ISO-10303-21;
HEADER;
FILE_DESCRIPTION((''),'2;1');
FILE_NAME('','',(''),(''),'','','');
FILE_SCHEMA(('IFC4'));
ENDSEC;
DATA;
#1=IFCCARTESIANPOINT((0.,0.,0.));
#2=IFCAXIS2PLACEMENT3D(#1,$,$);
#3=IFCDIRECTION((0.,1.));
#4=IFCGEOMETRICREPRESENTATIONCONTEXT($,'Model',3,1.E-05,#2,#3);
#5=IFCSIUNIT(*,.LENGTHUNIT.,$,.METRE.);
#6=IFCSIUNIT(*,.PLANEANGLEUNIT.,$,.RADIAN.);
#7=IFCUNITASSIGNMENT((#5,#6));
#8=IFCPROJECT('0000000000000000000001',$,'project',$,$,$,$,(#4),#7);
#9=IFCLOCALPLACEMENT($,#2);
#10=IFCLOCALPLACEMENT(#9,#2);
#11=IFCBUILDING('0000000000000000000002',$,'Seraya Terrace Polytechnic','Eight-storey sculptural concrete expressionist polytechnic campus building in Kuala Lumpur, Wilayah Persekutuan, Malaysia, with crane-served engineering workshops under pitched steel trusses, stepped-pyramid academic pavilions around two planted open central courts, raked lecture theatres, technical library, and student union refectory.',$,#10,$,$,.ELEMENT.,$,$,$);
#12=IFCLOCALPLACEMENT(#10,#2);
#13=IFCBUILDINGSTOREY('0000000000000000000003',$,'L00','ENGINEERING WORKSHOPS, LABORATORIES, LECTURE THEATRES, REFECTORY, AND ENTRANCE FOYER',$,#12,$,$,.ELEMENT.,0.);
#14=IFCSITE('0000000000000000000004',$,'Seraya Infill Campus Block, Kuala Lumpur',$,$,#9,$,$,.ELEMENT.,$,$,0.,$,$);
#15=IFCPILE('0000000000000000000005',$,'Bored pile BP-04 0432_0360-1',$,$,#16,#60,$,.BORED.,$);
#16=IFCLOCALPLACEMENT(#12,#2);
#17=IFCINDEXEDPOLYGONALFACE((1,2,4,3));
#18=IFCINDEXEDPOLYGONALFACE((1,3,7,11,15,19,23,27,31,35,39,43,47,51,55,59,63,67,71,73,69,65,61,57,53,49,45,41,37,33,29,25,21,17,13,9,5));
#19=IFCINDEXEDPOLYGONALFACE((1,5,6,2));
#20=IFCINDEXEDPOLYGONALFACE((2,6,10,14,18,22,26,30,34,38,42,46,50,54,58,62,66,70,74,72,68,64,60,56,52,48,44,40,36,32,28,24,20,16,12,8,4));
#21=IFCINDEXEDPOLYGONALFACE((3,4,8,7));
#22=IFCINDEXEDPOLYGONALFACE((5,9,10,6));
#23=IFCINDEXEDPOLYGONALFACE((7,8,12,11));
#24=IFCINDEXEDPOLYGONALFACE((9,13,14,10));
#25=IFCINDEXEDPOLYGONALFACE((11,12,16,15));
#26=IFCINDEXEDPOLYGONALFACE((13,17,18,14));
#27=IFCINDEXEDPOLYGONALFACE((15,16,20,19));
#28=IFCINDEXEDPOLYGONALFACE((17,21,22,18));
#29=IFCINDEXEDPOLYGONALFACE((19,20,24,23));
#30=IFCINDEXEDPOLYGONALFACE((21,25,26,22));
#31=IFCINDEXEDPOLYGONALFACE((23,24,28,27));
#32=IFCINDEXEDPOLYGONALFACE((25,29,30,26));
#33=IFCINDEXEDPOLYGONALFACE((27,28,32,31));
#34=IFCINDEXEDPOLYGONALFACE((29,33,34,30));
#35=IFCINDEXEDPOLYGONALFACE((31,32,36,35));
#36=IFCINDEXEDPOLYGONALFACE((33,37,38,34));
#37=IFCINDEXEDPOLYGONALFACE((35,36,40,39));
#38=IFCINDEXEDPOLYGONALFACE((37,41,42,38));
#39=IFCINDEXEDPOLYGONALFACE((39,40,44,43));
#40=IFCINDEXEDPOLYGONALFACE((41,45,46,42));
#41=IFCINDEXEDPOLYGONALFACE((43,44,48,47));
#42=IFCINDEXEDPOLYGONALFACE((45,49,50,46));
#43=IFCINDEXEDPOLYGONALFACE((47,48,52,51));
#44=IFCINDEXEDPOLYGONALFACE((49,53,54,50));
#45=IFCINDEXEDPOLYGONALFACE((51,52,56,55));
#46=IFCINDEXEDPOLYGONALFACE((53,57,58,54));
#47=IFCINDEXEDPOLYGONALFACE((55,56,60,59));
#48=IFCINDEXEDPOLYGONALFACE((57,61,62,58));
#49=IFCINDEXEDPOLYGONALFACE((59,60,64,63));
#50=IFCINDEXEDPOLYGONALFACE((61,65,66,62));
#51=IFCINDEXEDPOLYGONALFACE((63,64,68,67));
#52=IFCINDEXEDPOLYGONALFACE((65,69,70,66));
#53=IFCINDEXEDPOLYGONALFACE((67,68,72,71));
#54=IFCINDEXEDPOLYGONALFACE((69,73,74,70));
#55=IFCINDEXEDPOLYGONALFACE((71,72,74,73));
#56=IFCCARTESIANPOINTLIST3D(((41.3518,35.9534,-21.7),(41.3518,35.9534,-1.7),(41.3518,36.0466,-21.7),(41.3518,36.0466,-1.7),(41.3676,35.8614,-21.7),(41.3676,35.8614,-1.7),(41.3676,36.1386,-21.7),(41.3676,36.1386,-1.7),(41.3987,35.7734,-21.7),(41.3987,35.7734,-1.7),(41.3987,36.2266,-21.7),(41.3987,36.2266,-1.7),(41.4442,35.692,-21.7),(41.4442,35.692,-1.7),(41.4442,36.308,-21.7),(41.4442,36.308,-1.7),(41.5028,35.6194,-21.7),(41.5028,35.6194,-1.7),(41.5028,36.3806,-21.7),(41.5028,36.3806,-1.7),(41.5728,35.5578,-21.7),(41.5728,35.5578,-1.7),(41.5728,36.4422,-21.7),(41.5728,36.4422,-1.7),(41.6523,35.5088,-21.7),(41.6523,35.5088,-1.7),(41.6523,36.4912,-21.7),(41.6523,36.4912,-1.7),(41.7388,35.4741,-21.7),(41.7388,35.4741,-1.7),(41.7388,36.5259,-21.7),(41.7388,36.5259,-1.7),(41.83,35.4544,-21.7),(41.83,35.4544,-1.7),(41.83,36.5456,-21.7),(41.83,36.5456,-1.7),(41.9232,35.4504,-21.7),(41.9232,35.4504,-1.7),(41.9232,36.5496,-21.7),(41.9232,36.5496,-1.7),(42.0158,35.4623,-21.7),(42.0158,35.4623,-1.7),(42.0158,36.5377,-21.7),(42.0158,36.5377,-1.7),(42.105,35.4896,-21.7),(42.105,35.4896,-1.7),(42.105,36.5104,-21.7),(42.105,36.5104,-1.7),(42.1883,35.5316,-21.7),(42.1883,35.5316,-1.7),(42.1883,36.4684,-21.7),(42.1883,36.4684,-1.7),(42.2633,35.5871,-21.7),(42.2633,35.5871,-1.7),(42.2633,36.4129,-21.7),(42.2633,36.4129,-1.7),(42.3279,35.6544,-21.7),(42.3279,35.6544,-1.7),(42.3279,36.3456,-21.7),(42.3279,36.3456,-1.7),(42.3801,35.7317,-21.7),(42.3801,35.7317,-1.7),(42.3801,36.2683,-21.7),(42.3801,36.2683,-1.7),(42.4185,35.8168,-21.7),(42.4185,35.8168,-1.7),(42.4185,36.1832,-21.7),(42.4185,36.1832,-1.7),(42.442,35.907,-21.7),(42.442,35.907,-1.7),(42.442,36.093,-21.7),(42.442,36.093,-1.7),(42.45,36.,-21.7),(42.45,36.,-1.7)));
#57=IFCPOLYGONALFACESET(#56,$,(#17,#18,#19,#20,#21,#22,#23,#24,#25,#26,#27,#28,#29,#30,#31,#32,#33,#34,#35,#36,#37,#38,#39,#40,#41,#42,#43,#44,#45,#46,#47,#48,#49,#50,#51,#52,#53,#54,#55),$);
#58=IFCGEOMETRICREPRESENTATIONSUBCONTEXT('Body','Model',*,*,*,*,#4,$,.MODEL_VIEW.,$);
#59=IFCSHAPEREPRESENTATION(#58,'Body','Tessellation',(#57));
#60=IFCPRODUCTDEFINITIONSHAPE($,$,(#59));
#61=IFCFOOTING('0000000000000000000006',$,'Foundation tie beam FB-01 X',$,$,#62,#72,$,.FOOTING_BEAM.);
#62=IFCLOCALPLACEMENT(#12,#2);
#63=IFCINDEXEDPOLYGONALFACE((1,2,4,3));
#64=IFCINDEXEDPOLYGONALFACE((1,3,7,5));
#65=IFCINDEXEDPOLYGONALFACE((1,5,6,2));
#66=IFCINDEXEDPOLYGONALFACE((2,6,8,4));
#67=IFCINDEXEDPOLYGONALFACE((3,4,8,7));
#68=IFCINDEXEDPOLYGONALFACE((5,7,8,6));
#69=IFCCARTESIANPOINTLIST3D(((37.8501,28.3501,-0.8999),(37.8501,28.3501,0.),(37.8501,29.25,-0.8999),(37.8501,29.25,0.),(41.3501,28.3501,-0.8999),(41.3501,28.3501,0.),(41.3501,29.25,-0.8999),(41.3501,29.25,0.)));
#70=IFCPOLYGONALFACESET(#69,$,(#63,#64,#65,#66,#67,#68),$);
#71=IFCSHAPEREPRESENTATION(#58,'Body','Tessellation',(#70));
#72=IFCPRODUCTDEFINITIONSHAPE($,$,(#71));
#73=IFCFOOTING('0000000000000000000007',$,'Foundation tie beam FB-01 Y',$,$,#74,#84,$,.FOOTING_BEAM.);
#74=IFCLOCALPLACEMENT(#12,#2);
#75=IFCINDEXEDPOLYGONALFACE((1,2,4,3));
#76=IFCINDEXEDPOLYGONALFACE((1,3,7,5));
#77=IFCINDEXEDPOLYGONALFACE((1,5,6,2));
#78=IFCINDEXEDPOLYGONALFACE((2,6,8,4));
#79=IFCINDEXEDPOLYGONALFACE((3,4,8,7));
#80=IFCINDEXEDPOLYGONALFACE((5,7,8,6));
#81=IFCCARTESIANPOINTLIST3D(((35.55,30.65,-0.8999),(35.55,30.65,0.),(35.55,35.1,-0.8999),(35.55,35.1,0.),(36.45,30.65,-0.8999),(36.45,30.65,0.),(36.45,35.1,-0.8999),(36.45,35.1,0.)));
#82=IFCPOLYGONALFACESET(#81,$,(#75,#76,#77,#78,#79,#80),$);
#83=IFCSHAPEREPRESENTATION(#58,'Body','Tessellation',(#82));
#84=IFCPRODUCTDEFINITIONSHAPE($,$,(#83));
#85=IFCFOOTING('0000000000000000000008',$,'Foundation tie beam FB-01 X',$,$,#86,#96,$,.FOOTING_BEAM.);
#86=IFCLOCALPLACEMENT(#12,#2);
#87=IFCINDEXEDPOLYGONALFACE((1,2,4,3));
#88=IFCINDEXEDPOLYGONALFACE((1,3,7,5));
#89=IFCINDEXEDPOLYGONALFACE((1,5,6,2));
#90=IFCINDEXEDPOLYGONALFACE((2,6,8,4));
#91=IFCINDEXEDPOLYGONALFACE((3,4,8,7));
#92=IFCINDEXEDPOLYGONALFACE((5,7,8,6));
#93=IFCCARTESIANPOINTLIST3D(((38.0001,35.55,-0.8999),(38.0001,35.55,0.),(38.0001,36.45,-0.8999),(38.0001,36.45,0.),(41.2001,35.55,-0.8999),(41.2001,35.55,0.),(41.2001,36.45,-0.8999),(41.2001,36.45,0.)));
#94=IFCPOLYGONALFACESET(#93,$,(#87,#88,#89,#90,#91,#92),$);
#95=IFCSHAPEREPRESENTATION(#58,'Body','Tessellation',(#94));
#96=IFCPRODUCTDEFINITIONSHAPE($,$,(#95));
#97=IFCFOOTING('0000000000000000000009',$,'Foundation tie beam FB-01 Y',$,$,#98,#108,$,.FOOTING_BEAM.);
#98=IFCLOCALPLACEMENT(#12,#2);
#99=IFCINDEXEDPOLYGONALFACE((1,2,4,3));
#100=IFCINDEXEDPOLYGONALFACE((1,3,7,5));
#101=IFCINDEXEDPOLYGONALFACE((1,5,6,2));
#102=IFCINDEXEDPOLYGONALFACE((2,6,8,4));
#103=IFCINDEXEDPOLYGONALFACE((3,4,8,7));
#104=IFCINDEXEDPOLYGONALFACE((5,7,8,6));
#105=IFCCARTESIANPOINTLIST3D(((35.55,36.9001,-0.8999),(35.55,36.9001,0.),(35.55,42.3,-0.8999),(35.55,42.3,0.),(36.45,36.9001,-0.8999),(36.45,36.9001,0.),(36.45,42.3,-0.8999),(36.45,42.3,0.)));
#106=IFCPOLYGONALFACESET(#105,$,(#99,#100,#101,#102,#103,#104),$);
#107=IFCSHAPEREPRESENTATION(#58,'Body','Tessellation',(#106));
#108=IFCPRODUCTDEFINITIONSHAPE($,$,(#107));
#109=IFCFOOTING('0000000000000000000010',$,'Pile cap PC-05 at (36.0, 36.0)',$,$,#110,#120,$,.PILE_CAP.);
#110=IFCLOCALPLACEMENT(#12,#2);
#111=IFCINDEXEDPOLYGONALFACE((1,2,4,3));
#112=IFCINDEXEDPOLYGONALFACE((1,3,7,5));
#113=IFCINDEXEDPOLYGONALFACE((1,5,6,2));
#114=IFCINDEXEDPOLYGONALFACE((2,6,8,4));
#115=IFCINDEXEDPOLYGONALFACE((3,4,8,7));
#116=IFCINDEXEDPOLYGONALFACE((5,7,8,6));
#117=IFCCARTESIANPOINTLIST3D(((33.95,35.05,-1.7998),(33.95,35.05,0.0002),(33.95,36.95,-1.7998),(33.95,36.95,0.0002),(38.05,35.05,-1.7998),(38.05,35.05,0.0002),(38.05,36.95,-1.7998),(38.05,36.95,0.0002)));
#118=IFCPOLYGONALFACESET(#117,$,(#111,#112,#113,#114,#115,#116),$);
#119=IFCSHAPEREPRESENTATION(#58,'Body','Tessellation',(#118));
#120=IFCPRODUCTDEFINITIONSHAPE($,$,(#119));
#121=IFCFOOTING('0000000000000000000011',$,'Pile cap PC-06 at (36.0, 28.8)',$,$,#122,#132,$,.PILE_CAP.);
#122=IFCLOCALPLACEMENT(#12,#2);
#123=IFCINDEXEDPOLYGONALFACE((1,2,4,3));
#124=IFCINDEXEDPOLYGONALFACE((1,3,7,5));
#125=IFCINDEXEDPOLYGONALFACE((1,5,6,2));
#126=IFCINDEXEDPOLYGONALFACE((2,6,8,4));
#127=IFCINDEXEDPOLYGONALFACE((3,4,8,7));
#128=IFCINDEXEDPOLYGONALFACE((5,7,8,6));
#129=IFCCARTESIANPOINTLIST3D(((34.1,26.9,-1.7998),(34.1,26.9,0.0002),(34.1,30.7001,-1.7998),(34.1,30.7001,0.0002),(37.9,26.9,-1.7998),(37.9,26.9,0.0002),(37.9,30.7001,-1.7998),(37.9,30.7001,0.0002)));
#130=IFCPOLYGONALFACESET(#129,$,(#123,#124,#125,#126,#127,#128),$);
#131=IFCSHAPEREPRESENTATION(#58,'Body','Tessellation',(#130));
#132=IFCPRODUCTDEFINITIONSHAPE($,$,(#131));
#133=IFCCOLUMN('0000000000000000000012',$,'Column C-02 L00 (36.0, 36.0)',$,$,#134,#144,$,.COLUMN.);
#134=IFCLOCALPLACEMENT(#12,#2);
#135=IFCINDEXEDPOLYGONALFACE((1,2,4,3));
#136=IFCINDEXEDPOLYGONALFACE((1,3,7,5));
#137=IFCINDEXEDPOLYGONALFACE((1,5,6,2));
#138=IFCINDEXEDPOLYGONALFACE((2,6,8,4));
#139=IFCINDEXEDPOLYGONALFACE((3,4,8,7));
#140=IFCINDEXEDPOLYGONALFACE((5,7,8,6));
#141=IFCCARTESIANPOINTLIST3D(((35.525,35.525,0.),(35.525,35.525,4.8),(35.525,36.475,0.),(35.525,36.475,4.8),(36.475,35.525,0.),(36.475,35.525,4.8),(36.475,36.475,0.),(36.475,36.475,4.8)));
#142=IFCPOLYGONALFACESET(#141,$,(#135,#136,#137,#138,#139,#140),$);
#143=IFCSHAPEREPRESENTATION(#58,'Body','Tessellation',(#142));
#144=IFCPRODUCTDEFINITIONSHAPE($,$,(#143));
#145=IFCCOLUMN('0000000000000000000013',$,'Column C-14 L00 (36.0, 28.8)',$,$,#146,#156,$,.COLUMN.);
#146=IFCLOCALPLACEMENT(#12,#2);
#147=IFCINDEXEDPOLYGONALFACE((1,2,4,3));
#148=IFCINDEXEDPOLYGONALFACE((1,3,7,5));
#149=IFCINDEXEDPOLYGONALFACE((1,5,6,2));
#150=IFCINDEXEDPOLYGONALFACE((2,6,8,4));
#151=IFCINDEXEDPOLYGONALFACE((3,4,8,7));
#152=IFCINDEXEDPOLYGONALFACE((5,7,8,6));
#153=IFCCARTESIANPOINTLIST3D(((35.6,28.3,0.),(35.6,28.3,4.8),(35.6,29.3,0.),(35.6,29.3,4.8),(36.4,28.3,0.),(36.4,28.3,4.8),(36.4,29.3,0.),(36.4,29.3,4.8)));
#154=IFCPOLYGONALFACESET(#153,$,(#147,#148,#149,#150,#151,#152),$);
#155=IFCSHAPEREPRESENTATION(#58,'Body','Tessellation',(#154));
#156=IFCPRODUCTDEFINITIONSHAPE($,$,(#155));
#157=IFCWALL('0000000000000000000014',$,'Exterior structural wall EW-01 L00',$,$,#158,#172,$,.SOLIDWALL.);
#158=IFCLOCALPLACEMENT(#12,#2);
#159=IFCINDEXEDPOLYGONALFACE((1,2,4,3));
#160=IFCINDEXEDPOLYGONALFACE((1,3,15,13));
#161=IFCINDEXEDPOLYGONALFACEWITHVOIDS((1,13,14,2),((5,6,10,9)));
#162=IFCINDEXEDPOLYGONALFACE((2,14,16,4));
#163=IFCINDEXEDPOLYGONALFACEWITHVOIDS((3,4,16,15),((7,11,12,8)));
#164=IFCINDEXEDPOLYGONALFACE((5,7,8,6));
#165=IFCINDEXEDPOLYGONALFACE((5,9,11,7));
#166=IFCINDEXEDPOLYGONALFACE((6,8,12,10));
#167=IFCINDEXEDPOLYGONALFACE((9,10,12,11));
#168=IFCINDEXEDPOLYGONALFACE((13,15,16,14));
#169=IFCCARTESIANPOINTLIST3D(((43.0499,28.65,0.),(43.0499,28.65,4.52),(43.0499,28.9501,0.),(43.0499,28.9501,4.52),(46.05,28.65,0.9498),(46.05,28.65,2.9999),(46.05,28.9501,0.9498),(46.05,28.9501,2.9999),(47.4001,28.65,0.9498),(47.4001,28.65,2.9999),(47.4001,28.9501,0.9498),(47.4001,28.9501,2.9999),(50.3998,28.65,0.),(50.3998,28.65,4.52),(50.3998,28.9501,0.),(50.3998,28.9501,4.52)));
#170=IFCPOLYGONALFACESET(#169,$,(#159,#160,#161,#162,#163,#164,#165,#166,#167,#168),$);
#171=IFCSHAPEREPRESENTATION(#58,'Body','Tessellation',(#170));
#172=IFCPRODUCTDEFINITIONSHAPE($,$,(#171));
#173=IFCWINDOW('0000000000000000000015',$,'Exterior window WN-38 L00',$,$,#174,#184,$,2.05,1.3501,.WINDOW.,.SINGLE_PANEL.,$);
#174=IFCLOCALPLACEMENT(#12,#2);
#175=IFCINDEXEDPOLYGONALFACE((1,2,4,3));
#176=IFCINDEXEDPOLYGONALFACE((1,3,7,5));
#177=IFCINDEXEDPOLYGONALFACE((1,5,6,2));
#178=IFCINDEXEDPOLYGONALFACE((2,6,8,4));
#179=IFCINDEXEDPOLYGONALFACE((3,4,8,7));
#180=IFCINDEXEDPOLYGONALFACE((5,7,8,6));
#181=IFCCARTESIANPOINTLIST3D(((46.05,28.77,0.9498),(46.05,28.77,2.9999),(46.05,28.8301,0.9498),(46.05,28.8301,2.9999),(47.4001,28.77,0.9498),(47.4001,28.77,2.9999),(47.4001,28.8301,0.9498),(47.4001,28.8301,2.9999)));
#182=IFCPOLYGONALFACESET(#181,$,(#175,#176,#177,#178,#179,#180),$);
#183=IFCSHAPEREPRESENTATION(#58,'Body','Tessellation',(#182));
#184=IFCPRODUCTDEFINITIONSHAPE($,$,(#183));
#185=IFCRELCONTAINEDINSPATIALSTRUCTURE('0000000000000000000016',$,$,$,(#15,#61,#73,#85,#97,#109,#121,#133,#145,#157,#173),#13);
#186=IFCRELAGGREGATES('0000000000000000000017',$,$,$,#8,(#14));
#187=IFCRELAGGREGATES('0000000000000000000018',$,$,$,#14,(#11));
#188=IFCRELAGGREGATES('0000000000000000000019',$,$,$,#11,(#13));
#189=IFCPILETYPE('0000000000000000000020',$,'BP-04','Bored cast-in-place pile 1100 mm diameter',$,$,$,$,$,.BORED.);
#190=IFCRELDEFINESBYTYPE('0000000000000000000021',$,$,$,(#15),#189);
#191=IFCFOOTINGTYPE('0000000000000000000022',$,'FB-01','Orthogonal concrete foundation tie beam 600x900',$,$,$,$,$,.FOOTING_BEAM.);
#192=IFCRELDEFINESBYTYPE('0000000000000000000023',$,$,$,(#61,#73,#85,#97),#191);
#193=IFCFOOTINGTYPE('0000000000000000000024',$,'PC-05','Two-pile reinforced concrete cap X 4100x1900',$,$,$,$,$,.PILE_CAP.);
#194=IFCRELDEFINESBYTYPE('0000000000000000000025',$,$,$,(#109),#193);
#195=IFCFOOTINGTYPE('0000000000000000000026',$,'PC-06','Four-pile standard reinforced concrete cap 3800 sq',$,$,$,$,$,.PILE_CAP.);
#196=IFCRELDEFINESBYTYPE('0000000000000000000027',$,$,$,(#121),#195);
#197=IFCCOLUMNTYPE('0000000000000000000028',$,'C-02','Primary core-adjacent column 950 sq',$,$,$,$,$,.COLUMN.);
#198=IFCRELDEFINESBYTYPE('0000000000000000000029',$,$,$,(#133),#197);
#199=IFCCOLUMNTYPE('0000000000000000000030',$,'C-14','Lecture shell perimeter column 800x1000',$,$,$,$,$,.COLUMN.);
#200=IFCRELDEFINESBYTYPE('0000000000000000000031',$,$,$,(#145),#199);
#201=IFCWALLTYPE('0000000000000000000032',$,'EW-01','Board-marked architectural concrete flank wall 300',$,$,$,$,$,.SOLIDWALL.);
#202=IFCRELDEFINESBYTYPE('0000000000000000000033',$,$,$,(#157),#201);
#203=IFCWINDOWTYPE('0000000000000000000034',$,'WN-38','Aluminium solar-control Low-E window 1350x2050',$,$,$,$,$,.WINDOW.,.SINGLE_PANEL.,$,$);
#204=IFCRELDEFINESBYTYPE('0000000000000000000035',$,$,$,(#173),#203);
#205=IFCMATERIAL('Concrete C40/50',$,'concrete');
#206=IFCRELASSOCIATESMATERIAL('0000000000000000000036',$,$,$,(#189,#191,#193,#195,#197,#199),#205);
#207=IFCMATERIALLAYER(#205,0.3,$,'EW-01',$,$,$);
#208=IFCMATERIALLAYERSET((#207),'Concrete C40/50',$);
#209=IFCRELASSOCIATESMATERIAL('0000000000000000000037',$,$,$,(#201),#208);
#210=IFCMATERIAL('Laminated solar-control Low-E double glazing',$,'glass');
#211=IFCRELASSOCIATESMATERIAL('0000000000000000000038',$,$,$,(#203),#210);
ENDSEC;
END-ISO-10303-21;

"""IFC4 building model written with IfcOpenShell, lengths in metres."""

from ifc_helpers import new_model, si_unit, direction, frame, frame_2d, origin, origin_2d, place, context, subcontext, project, spatial, rectangle, circle, extrude, material, layer, layer_set, material_profile, profile_set, type_object, element, fill, save


model = new_model("IFC4")

# Units and contexts
model_context = context("Model", 3, precision=1e-05, world=origin(), true_north=direction((0.0, 1.0)))
body_context = subcontext(model_context, "Body", "Model", "MODEL_VIEW")
ifc_project = project(units=[si_unit("LENGTHUNIT", "METRE"), si_unit("PLANEANGLEUNIT", "RADIAN")], contexts=[model_context])

# Site, building, storey
site_placement = place(None, origin())
site = spatial("IfcSite", under=ifc_project, at=site_placement, Name="Seraya Infill Campus Block, Kuala Lumpur", CompositionType="ELEMENT", RefElevation=0.0)
building_placement = place(site_placement, origin())
building = spatial("IfcBuilding", under=site, at=building_placement, Name="Seraya Terrace Polytechnic", Description="Eight-storey sculptural concrete expressionist polytechnic campus building in Kuala Lumpur, Wilayah Persekutuan, Malaysia, with crane-served engineering workshops under pitched steel trusses, stepped-pyramid academic pavilions around two planted open central courts, raked lecture theatres, technical library, and student union refectory.", CompositionType="ELEMENT")
storey_placement = place(building_placement, origin())
storey = spatial("IfcBuildingStorey", under=building, at=storey_placement, Name="L00", Description="ENGINEERING WORKSHOPS, LABORATORIES, LECTURE THEATRES, REFECTORY, AND ENTRANCE FOYER", CompositionType="ELEMENT", Elevation=0.0)

# Pile
ifc_material_1 = material(Name="Concrete C40/50", Category="concrete")
ifc_material_profile_1 = material_profile(ifc_material_1, circle(Radius=0.55, at=origin_2d()), Name="DIA 1100")
ifc_profile_set_1 = profile_set([ifc_material_profile_1], Name="Concrete C40/50")
pile_type_1 = type_object("IfcPileType", Name="BP-04", Description="Bored cast-in-place pile 1100 mm diameter", PredefinedType="BORED", material=ifc_profile_set_1)
for number, where, z_axis, x_axis, name in (
    (1, (41.8999, 36.0, -1.7), (0.0, 0.0, -1.0), (1.0, 0.0, 0.0), "Bored pile BP-04 0432_0360-1"),
):
    element("IfcPile", number, at=place(storey_placement, frame(where, z_axis=z_axis, x_axis=x_axis)), inside=storey, type_object=pile_type_1, Name=name, PredefinedType="BORED", context=body_context, shape_type="SweptSolid", body=[
        extrude(circle(Radius=0.55, at=origin_2d()), origin(), (0.0, 0.0, 1.0), 20.0),
    ])

# Footings
footing_type_1 = type_object("IfcFootingType", Name="FB-01", Description="Orthogonal concrete foundation tie beam 600x900", PredefinedType="FOOTING_BEAM", material=ifc_material_1)
footing_1_placement = place(storey_placement, frame((39.6001, 28.8, -0.8999), z_axis=(0.0, 0.0, 1.0), x_axis=(1.0, 0.0, 0.0)))
element("IfcFooting", 2, at=footing_1_placement, inside=storey, type_object=footing_type_1, Name="Foundation tie beam FB-01 X", PredefinedType="FOOTING_BEAM", context=body_context, shape_type="SweptSolid", body=[
    extrude(rectangle(XDim=3.5, YDim=0.8999, at=origin_2d()), origin(), (0.0, 0.0, 1.0), 0.8999),
])
footing_2_placement = place(storey_placement, frame((36.0, 32.875, -0.8999), z_axis=(0.0, 0.0, 1.0), x_axis=(0.0, 1.0, 0.0)))
element("IfcFooting", 3, at=footing_2_placement, inside=storey, type_object=footing_type_1, Name="Foundation tie beam FB-01 Y", PredefinedType="FOOTING_BEAM", context=body_context, shape_type="SweptSolid", body=[
    extrude(rectangle(XDim=4.45, YDim=0.8999, at=origin_2d()), origin(), (0.0, 0.0, 1.0), 0.8999),
])
footing_3_placement = place(storey_placement, frame((39.6001, 36.0, -0.8999), z_axis=(0.0, 0.0, 1.0), x_axis=(1.0, 0.0, 0.0)))
element("IfcFooting", 4, at=footing_3_placement, inside=storey, type_object=footing_type_1, Name="Foundation tie beam FB-01 X", PredefinedType="FOOTING_BEAM", context=body_context, shape_type="SweptSolid", body=[
    extrude(rectangle(XDim=3.2, YDim=0.8999, at=origin_2d()), origin(), (0.0, 0.0, 1.0), 0.8999),
])
footing_4_placement = place(storey_placement, frame((36.0, 39.6001, -0.8999), z_axis=(0.0, 0.0, 1.0), x_axis=(0.0, 1.0, 0.0)))
element("IfcFooting", 5, at=footing_4_placement, inside=storey, type_object=footing_type_1, Name="Foundation tie beam FB-01 Y", PredefinedType="FOOTING_BEAM", context=body_context, shape_type="SweptSolid", body=[
    extrude(rectangle(XDim=5.3999, YDim=0.8999, at=origin_2d()), origin(), (0.0, 0.0, 1.0), 0.8999),
])
footing_type_2 = type_object("IfcFootingType", Name="PC-05", Description="Two-pile reinforced concrete cap X 4100x1900", PredefinedType="PILE_CAP", material=ifc_material_1)
footing_5_placement = place(storey_placement, frame((36.0, 36.0, -1.7998), z_axis=(0.0, 0.0, 1.0), x_axis=(1.0, 0.0, 0.0)))
element("IfcFooting", 6, at=footing_5_placement, inside=storey, type_object=footing_type_2, Name="Pile cap PC-05 at (36.0, 36.0)", PredefinedType="PILE_CAP", context=body_context, shape_type="SweptSolid", body=[
    extrude(rectangle(XDim=4.1001, YDim=1.8999, at=origin_2d()), origin(), (0.0, 0.0, 1.0), 1.8),
])
footing_type_3 = type_object("IfcFootingType", Name="PC-06", Description="Four-pile standard reinforced concrete cap 3800 sq", PredefinedType="PILE_CAP", material=ifc_material_1)
footing_6_placement = place(storey_placement, frame((36.0, 28.8, -1.7998), z_axis=(0.0, 0.0, 1.0), x_axis=(1.0, 0.0, 0.0)))
element("IfcFooting", 7, at=footing_6_placement, inside=storey, type_object=footing_type_3, Name="Pile cap PC-06 at (36.0, 28.8)", PredefinedType="PILE_CAP", context=body_context, shape_type="SweptSolid", body=[
    extrude(rectangle(XDim=3.8, YDim=3.8, at=origin_2d()), origin(), (0.0, 0.0, 1.0), 1.8),
])

# Columns
ifc_material_profile_2 = material_profile(ifc_material_1, rectangle(XDim=0.95, YDim=0.95, at=origin_2d()), Name="RC 950x950")
ifc_profile_set_2 = profile_set([ifc_material_profile_2], Name="Concrete C40/50")
column_type_1 = type_object("IfcColumnType", Name="C-02", Description="Primary core-adjacent column 950 sq", PredefinedType="COLUMN", material=ifc_profile_set_2)
column_1_placement = place(storey_placement, frame((36.0, 36.0, 0.0), z_axis=(0.0, 0.0, 1.0), x_axis=(1.0, 0.0, 0.0)))
element("IfcColumn", 8, at=column_1_placement, inside=storey, type_object=column_type_1, Name="Column C-02 L00 (36.0, 36.0)", PredefinedType="COLUMN", context=body_context, shape_type="SweptSolid", body=[
    extrude(rectangle(XDim=0.95, YDim=0.95, at=origin_2d()), origin(), (0.0, 0.0, 1.0), 4.8),
])
ifc_material_profile_3 = material_profile(ifc_material_1, rectangle(XDim=0.8, YDim=1.0, at=origin_2d()), Name="RC 800x1000")
ifc_profile_set_3 = profile_set([ifc_material_profile_3], Name="Concrete C40/50")
column_type_2 = type_object("IfcColumnType", Name="C-14", Description="Lecture shell perimeter column 800x1000", PredefinedType="COLUMN", material=ifc_profile_set_3)
column_2_placement = place(storey_placement, frame((36.0, 28.8, 0.0), z_axis=(0.0, 0.0, 1.0), x_axis=(1.0, 0.0, 0.0)))
element("IfcColumn", 9, at=column_2_placement, inside=storey, type_object=column_type_2, Name="Column C-14 L00 (36.0, 28.8)", PredefinedType="COLUMN", context=body_context, shape_type="SweptSolid", body=[
    extrude(rectangle(XDim=0.8, YDim=1.0, at=origin_2d()), origin(), (0.0, 0.0, 1.0), 4.8),
])

# Wall, opening, window
ifc_layer_1 = layer(ifc_material_1, 0.3, Name="EW-01")
ifc_layer_set_1 = layer_set([ifc_layer_1], Name="Concrete C40/50")
wall_type_1 = type_object("IfcWallType", Name="EW-01", Description="Board-marked architectural concrete flank wall 300", PredefinedType="SOLIDWALL", material=ifc_layer_set_1)
wall_1_placement = place(storey_placement, frame((43.05, 28.8, 0.0), z_axis=(0.0, 0.0, 1.0), x_axis=(1.0, 0.0, 0.0)))
wall_1 = element("IfcWall", 10, at=wall_1_placement, inside=storey, type_object=wall_type_1, Name="Exterior structural wall EW-01 L00", PredefinedType="SOLIDWALL", context=body_context, shape_type="SweptSolid", body=[
    extrude(rectangle(XDim=7.3499, YDim=0.3, at=frame_2d((3.6748, 0.0))), origin(), (0.0, 0.0, 1.0), 4.52),
])
opening_1_placement = place(wall_1_placement, frame((3.0, 0.0, 0.95)))
opening_1 = element("IfcOpeningElement", 11, at=opening_1_placement, cuts=wall_1, PredefinedType="OPENING", context=body_context, shape_type="SweptSolid", body=[
    extrude(rectangle(XDim=1.3501, YDim=2.05, at=frame_2d((0.675, 1.0249))), frame((0.0, 0.1621, 0.0), z_axis=(0.0, -1.0, 0.0), x_axis=(1.0, 0.0, 0.0)), (0.0, 0.0, 1.0), 0.324),
])
ifc_material_2 = material(Name="Laminated solar-control Low-E double glazing", Category="glass")
window_type = type_object("IfcWindowType", Name="WN-38", Description="Aluminium solar-control Low-E window 1350x2050", PartitioningType="SINGLE_PANEL", PredefinedType="WINDOW", material=ifc_material_2)
window_placement = place(opening_1_placement, origin())
window = element("IfcWindow", 12, at=window_placement, inside=storey, type_object=window_type, Name="Exterior window WN-38 L00", OverallHeight=2.05, OverallWidth=1.3501, PartitioningType="SINGLE_PANEL", PredefinedType="WINDOW", context=body_context, shape_type="SweptSolid", body=[
    extrude(rectangle(XDim=1.3501, YDim=2.05, at=frame_2d((0.675, 1.0249))), frame((0.0, 0.03, 0.0), z_axis=(0.0, -1.0, 0.0), x_axis=(1.0, 0.0, 0.0)), (0.0, 0.0, 1.0), 0.0601),
])
fill(opening_1, window)

save(model, "model.ifc")
